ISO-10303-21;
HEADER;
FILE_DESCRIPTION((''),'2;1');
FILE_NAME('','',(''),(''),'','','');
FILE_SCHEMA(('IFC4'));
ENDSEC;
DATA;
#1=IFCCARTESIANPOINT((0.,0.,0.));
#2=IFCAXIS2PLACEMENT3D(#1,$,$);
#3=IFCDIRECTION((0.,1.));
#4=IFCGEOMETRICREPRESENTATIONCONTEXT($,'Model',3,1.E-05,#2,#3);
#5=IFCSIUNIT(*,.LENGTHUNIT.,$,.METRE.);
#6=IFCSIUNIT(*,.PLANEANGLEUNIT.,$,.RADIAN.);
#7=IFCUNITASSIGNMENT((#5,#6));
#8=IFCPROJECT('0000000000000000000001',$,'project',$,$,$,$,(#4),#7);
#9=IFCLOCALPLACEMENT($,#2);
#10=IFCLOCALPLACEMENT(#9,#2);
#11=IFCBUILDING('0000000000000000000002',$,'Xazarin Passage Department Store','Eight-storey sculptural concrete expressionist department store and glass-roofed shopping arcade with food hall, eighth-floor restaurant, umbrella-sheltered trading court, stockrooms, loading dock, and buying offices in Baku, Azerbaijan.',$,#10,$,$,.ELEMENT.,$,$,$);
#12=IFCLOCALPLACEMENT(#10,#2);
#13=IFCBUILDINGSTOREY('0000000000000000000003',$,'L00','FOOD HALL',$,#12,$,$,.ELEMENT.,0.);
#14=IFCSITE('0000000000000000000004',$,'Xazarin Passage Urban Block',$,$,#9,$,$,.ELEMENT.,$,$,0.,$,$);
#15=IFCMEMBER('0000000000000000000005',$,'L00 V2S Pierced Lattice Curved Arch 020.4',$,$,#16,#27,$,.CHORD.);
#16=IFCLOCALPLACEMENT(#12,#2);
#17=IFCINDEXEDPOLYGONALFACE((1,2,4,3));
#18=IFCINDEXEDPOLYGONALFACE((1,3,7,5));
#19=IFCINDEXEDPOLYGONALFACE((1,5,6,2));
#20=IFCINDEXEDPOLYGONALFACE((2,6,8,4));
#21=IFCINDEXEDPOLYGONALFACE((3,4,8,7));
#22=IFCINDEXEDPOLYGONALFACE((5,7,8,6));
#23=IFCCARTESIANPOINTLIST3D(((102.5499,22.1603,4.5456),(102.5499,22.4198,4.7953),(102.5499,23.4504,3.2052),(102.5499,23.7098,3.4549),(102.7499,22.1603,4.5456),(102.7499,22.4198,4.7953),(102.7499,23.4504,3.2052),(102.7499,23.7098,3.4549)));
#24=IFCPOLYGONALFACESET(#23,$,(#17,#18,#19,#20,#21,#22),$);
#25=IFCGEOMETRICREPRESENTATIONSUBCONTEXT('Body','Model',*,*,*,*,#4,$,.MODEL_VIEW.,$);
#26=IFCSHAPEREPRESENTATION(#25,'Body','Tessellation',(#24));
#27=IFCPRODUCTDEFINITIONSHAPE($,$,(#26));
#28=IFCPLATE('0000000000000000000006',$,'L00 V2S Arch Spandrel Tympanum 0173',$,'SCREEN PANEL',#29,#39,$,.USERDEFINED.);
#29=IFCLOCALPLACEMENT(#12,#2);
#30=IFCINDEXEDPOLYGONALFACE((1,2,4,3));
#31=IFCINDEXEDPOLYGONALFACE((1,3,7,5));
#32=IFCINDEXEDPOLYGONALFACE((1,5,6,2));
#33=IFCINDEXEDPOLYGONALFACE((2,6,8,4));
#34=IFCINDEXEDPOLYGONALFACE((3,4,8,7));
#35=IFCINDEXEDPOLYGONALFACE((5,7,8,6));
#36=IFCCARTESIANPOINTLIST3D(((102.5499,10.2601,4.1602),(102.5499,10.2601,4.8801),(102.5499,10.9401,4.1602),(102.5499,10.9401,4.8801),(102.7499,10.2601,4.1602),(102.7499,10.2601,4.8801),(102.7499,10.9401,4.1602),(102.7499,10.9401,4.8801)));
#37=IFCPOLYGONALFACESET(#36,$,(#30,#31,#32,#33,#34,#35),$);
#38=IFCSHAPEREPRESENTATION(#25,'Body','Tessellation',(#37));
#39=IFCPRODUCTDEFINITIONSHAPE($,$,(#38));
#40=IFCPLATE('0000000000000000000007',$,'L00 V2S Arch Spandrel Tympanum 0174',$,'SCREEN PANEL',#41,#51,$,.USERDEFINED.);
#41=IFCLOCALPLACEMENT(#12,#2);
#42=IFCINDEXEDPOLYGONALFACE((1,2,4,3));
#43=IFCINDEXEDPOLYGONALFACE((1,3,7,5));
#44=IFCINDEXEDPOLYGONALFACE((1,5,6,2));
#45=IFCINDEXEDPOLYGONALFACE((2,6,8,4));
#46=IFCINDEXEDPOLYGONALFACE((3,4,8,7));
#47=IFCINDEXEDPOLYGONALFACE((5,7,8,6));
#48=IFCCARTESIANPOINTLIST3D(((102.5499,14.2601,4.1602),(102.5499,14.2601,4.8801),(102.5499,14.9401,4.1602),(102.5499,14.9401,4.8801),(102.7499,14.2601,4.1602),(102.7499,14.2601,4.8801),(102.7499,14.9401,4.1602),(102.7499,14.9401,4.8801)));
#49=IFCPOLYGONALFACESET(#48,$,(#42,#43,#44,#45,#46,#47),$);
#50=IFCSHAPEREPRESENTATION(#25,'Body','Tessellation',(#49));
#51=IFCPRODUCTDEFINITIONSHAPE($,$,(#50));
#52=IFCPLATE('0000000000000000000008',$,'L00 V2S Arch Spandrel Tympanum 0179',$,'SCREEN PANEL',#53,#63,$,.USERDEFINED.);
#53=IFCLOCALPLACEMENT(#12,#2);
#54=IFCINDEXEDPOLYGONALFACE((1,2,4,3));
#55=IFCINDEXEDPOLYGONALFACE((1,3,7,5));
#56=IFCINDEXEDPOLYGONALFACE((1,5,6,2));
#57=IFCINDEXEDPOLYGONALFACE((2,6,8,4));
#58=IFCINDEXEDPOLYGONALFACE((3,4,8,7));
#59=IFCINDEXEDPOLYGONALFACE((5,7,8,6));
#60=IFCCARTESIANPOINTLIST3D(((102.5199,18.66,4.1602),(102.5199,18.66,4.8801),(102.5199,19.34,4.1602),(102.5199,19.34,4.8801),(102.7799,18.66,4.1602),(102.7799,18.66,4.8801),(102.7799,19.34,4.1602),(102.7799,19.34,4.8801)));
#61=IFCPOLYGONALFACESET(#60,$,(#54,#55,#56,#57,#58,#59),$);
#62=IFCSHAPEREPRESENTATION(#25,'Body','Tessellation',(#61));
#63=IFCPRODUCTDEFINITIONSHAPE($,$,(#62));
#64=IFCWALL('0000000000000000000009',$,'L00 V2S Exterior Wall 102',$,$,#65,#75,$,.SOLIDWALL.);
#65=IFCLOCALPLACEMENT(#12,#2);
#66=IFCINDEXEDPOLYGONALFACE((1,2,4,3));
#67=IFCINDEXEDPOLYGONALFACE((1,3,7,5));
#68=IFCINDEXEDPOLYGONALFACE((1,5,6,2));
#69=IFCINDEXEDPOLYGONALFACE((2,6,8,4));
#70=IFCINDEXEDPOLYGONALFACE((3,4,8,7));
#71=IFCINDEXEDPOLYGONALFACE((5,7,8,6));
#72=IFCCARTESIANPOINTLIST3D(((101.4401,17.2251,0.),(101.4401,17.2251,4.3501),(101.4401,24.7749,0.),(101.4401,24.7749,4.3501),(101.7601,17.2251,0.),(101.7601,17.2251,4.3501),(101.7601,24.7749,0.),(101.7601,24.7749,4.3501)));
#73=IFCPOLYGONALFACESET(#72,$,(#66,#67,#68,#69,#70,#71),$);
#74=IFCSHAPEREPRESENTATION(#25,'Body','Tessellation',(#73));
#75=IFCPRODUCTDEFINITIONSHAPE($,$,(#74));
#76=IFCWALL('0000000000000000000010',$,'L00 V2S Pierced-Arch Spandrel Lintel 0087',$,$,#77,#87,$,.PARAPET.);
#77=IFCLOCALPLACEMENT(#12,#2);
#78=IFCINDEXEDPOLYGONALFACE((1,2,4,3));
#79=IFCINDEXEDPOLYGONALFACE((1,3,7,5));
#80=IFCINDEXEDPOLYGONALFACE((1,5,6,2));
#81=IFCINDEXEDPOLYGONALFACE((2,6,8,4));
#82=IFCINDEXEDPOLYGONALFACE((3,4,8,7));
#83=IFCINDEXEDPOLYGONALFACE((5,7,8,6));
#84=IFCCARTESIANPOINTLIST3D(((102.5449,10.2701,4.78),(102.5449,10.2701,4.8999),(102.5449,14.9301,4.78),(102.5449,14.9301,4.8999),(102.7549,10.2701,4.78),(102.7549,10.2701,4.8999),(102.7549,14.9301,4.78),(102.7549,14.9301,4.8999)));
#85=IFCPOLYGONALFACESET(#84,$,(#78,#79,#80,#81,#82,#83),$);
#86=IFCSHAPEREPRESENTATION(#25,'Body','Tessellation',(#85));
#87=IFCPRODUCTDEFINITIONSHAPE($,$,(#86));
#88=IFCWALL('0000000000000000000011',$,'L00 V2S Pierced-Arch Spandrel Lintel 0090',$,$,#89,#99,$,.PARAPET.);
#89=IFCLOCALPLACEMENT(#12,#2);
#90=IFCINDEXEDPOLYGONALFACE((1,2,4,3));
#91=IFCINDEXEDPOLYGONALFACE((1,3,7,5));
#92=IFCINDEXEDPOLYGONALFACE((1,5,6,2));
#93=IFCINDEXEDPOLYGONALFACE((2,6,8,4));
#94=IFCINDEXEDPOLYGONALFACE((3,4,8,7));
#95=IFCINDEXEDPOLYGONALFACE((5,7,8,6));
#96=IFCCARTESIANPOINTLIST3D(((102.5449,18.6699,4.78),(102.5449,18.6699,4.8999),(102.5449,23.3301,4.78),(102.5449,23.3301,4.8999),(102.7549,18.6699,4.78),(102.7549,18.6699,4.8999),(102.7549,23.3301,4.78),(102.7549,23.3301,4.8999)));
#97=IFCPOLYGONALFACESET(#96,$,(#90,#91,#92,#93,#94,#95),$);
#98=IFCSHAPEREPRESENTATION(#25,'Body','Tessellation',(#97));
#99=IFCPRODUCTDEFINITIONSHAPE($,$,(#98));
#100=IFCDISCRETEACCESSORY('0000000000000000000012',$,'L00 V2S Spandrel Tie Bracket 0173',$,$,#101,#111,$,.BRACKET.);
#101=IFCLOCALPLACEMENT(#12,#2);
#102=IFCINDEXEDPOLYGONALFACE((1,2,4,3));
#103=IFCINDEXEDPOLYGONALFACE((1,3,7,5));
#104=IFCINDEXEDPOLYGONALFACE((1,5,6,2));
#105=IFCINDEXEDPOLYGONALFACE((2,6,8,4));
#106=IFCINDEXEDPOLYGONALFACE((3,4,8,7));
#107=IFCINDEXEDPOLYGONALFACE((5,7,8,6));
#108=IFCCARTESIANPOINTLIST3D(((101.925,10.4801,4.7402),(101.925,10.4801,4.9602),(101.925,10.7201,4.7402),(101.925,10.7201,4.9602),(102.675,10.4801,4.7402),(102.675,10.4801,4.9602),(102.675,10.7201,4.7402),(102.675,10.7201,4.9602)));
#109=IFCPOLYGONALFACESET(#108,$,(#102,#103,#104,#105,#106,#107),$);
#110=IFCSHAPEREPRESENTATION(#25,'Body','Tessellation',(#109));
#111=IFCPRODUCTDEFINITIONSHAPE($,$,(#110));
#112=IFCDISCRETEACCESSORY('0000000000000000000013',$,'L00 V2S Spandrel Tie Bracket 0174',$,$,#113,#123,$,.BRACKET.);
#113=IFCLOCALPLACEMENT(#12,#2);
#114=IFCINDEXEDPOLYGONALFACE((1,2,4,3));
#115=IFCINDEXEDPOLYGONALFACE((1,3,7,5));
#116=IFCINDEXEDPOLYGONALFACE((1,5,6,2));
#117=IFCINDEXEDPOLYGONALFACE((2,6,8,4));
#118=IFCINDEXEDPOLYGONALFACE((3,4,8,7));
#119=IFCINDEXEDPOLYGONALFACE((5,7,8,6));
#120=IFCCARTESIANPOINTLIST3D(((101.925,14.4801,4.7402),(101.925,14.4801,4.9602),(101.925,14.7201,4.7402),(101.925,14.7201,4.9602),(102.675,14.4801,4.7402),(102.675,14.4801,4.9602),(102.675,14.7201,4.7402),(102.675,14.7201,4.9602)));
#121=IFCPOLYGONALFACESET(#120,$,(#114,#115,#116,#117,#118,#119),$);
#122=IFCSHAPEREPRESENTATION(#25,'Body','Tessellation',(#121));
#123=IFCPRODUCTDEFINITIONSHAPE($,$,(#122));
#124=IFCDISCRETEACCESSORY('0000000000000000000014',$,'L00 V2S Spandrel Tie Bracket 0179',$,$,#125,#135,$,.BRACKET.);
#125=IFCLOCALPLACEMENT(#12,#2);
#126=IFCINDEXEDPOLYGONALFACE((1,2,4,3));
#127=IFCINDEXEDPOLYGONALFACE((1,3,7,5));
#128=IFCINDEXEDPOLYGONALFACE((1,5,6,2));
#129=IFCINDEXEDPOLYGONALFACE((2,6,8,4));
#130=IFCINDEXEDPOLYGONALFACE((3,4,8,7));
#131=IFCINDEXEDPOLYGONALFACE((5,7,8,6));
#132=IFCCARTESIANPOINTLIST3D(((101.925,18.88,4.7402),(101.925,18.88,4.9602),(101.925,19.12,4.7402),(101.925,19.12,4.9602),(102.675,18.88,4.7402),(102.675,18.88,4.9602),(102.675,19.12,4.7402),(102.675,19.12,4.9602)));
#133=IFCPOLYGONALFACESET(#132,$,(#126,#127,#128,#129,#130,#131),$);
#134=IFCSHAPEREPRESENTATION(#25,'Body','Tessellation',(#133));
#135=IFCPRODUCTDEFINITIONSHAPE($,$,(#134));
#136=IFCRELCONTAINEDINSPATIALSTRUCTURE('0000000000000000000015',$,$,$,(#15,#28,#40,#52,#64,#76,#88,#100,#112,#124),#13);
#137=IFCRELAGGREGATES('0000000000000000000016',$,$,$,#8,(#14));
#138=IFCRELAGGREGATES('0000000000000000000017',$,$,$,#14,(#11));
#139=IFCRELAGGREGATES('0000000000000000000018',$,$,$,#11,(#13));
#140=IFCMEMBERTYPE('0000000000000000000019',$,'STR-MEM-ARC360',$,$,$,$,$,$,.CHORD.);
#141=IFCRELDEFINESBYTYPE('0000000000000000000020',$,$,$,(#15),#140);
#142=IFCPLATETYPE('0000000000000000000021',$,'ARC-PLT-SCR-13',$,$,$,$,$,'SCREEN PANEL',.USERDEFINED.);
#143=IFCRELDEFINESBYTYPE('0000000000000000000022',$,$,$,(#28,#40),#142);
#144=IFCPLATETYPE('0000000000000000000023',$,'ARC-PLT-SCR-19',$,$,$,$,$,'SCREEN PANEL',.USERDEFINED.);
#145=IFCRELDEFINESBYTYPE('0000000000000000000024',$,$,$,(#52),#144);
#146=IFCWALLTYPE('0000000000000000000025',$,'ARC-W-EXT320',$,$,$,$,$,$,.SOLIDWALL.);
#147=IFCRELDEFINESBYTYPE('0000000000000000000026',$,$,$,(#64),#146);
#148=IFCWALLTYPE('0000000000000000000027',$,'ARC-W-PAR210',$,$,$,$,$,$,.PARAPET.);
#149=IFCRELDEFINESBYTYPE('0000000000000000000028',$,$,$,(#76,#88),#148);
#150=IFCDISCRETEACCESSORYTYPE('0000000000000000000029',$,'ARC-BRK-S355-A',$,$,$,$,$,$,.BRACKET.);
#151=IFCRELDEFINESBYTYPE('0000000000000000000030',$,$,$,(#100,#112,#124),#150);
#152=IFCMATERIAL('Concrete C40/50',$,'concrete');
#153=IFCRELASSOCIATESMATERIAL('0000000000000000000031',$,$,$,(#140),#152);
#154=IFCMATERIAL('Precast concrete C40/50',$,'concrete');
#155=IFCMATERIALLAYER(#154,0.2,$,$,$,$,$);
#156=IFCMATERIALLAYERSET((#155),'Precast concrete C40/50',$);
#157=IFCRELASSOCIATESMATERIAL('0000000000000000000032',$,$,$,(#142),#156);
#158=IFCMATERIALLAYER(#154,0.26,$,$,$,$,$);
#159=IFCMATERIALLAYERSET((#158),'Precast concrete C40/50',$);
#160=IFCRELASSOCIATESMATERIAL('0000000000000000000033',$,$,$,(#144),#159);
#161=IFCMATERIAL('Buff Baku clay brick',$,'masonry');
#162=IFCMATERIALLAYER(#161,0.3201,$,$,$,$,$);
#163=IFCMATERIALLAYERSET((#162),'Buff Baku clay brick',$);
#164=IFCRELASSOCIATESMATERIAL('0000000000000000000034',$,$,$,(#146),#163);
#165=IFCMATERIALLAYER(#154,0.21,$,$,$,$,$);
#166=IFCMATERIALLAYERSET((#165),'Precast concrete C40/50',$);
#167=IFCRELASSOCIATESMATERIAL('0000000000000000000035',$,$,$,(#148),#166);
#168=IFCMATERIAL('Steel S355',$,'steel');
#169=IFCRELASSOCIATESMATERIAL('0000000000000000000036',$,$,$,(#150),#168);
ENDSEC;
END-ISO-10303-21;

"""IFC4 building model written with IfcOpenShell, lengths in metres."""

from ifc_helpers import new_model, si_unit, direction, frame, frame_2d, origin, origin_2d, place, context, subcontext, project, spatial, rectangle, extrude, material, layer, layer_set, material_profile, profile_set, type_object, element, save


model = new_model("IFC4")

# Units and contexts
model_context = context("Model", 3, precision=1e-05, world=origin(), true_north=direction((0.0, 1.0)))
body_context = subcontext(model_context, "Body", "Model", "MODEL_VIEW")
ifc_project = project(units=[si_unit("LENGTHUNIT", "METRE"), si_unit("PLANEANGLEUNIT", "RADIAN")], contexts=[model_context])

# Site, building, storey
site_placement = place(None, origin())
site = spatial("IfcSite", under=ifc_project, at=site_placement, Name="Xazarin Passage Urban Block", CompositionType="ELEMENT", RefElevation=0.0)
building_placement = place(site_placement, origin())
building = spatial("IfcBuilding", under=site, at=building_placement, Name="Xazarin Passage Department Store", Description="Eight-storey sculptural concrete expressionist department store and glass-roofed shopping arcade with food hall, eighth-floor restaurant, umbrella-sheltered trading court, stockrooms, loading dock, and buying offices in Baku, Azerbaijan.", CompositionType="ELEMENT")
storey_placement = place(building_placement, origin())
storey = spatial("IfcBuildingStorey", under=building, at=storey_placement, Name="L00", Description="FOOD HALL", CompositionType="ELEMENT", Elevation=0.0)

# Shared definitions
ifc_material_1 = material(Name="Concrete C40/50", Category="concrete")

# Member
ifc_material_profile_1 = material_profile(ifc_material_1, rectangle(XDim=0.2, YDim=0.3601, at=origin_2d()), Name="RC 200x360")
ifc_profile_set_1 = profile_set([ifc_material_profile_1], Name="Concrete C40/50")
member_type = type_object("IfcMemberType", Name="STR-MEM-ARC360", PredefinedType="CHORD", material=ifc_profile_set_1)
member_1_placement = place(storey_placement, frame((102.6499, 22.29, 4.6704), z_axis=(0.0, 0.69346, -0.720495), x_axis=(-1.0, 0.0, 0.0)))
element("IfcMember", 1, at=member_1_placement, inside=storey, type_object=member_type, Name="L00 V2S Pierced Lattice Curved Arch 020.4", PredefinedType="CHORD", context=body_context, shape_type="SweptSolid", body=[
    extrude(rectangle(XDim=0.2, YDim=0.3601, at=origin_2d()), origin(), (0.0, 0.0, 1.0), 1.8604),
])

# Plates
ifc_material_2 = material(Name="Precast concrete C40/50", Category="concrete")
ifc_layer_1 = layer(ifc_material_2, 0.2)
ifc_layer_set_1 = layer_set([ifc_layer_1], Name="Precast concrete C40/50")
plate_type_1 = type_object("IfcPlateType", Name="ARC-PLT-SCR-13", ElementType="SCREEN PANEL", PredefinedType="USERDEFINED", material=ifc_layer_set_1)
for number, where, z_axis, x_axis, name in (
    (2, (102.6499, 10.6001, 4.1602), (0.0, 0.0, 1.0), (0.0, 1.0, 0.0), "L00 V2S Arch Spandrel Tympanum 0173"),
    (3, (102.6499, 14.6001, 4.1602), (0.0, 0.0, 1.0), (0.0, 1.0, 0.0), "L00 V2S Arch Spandrel Tympanum 0174"),
):
    element("IfcPlate", number, at=place(storey_placement, frame(where, z_axis=z_axis, x_axis=x_axis)), inside=storey, type_object=plate_type_1, Name=name, ObjectType="SCREEN PANEL", PredefinedType="USERDEFINED", context=body_context, shape_type="SweptSolid", body=[
        extrude(rectangle(XDim=0.6799, YDim=0.2, at=origin_2d()), origin(), (0.0, 0.0, 1.0), 0.72),
    ])
ifc_layer_2 = layer(ifc_material_2, 0.26)
ifc_layer_set_2 = layer_set([ifc_layer_2], Name="Precast concrete C40/50")
plate_type_2 = type_object("IfcPlateType", Name="ARC-PLT-SCR-19", ElementType="SCREEN PANEL", PredefinedType="USERDEFINED", material=ifc_layer_set_2)
plate_placement = place(storey_placement, frame((102.6499, 19.0, 4.1602), z_axis=(0.0, 0.0, 1.0), x_axis=(0.0, 1.0, 0.0)))
element("IfcPlate", 4, at=plate_placement, inside=storey, type_object=plate_type_2, Name="L00 V2S Arch Spandrel Tympanum 0179", ObjectType="SCREEN PANEL", PredefinedType="USERDEFINED", context=body_context, shape_type="SweptSolid", body=[
    extrude(rectangle(XDim=0.6799, YDim=0.26, at=origin_2d()), origin(), (0.0, 0.0, 1.0), 0.72),
])

# Walls
ifc_material_3 = material(Name="Buff Baku clay brick", Category="masonry")
ifc_layer_3 = layer(ifc_material_3, 0.3201)
ifc_layer_set_3 = layer_set([ifc_layer_3], Name="Buff Baku clay brick")
wall_type_1 = type_object("IfcWallType", Name="ARC-W-EXT320", PredefinedType="SOLIDWALL", material=ifc_layer_set_3)
wall_1_placement = place(storey_placement, frame((101.6001, 17.2251, 0.0), z_axis=(0.0, 0.0, 1.0), x_axis=(0.0, 1.0, 0.0)))
element("IfcWall", 5, at=wall_1_placement, inside=storey, type_object=wall_type_1, Name="L00 V2S Exterior Wall 102", PredefinedType="SOLIDWALL", context=body_context, shape_type="SweptSolid", body=[
    extrude(rectangle(XDim=7.5498, YDim=0.3201, at=frame_2d((3.7749, 0.0))), origin(), (0.0, 0.0, 1.0), 4.3501),
])
ifc_layer_4 = layer(ifc_material_2, 0.21)
ifc_layer_set_4 = layer_set([ifc_layer_4], Name="Precast concrete C40/50")
wall_type_2 = type_object("IfcWallType", Name="ARC-W-PAR210", PredefinedType="PARAPET", material=ifc_layer_set_4)
wall_2_placement = place(storey_placement, frame((102.6499, 10.27, 4.78), z_axis=(0.0, 0.0, 1.0), x_axis=(0.0, 1.0, 0.0)))
element("IfcWall", 6, at=wall_2_placement, inside=storey, type_object=wall_type_2, Name="L00 V2S Pierced-Arch Spandrel Lintel 0087", PredefinedType="PARAPET", context=body_context, shape_type="SweptSolid", body=[
    extrude(rectangle(XDim=4.6599, YDim=0.21, at=frame_2d((2.3301, 0.0))), origin(), (0.0, 0.0, 1.0), 0.1199),
])
wall_3_placement = place(storey_placement, frame((102.6499, 18.6699, 4.78), z_axis=(0.0, 0.0, 1.0), x_axis=(0.0, 1.0, 0.0)))
element("IfcWall", 7, at=wall_3_placement, inside=storey, type_object=wall_type_2, Name="L00 V2S Pierced-Arch Spandrel Lintel 0090", PredefinedType="PARAPET", context=body_context, shape_type="SweptSolid", body=[
    extrude(rectangle(XDim=4.6602, YDim=0.21, at=frame_2d((2.3301, 0.0))), origin(), (0.0, 0.0, 1.0), 0.1199),
])

# Discrete accessories
ifc_material_4 = material(Name="Steel S355", Category="steel")
discrete_accessory_type = type_object("IfcDiscreteAccessoryType", Name="ARC-BRK-S355-A", PredefinedType="BRACKET", material=ifc_material_4)
for number, where, z_axis, x_axis, name in (
    (8, (102.3, 10.6001, 4.7402), (0.0, 0.0, 1.0), (0.0, 1.0, 0.0), "L00 V2S Spandrel Tie Bracket 0173"),
    (9, (102.3, 14.6001, 4.7402), (0.0, 0.0, 1.0), (0.0, 1.0, 0.0), "L00 V2S Spandrel Tie Bracket 0174"),
    (10, (102.3, 19.0, 4.7402), (0.0, 0.0, 1.0), (0.0, 1.0, 0.0), "L00 V2S Spandrel Tie Bracket 0179"),
):
    element("IfcDiscreteAccessory", number, at=place(storey_placement, frame(where, z_axis=z_axis, x_axis=x_axis)), inside=storey, type_object=discrete_accessory_type, Name=name, PredefinedType="BRACKET", context=body_context, shape_type="SweptSolid", body=[
        extrude(rectangle(XDim=0.24, YDim=0.75, at=origin_2d()), origin(), (0.0, 0.0, 1.0), 0.22),
    ])

save(model, "model.ifc")
